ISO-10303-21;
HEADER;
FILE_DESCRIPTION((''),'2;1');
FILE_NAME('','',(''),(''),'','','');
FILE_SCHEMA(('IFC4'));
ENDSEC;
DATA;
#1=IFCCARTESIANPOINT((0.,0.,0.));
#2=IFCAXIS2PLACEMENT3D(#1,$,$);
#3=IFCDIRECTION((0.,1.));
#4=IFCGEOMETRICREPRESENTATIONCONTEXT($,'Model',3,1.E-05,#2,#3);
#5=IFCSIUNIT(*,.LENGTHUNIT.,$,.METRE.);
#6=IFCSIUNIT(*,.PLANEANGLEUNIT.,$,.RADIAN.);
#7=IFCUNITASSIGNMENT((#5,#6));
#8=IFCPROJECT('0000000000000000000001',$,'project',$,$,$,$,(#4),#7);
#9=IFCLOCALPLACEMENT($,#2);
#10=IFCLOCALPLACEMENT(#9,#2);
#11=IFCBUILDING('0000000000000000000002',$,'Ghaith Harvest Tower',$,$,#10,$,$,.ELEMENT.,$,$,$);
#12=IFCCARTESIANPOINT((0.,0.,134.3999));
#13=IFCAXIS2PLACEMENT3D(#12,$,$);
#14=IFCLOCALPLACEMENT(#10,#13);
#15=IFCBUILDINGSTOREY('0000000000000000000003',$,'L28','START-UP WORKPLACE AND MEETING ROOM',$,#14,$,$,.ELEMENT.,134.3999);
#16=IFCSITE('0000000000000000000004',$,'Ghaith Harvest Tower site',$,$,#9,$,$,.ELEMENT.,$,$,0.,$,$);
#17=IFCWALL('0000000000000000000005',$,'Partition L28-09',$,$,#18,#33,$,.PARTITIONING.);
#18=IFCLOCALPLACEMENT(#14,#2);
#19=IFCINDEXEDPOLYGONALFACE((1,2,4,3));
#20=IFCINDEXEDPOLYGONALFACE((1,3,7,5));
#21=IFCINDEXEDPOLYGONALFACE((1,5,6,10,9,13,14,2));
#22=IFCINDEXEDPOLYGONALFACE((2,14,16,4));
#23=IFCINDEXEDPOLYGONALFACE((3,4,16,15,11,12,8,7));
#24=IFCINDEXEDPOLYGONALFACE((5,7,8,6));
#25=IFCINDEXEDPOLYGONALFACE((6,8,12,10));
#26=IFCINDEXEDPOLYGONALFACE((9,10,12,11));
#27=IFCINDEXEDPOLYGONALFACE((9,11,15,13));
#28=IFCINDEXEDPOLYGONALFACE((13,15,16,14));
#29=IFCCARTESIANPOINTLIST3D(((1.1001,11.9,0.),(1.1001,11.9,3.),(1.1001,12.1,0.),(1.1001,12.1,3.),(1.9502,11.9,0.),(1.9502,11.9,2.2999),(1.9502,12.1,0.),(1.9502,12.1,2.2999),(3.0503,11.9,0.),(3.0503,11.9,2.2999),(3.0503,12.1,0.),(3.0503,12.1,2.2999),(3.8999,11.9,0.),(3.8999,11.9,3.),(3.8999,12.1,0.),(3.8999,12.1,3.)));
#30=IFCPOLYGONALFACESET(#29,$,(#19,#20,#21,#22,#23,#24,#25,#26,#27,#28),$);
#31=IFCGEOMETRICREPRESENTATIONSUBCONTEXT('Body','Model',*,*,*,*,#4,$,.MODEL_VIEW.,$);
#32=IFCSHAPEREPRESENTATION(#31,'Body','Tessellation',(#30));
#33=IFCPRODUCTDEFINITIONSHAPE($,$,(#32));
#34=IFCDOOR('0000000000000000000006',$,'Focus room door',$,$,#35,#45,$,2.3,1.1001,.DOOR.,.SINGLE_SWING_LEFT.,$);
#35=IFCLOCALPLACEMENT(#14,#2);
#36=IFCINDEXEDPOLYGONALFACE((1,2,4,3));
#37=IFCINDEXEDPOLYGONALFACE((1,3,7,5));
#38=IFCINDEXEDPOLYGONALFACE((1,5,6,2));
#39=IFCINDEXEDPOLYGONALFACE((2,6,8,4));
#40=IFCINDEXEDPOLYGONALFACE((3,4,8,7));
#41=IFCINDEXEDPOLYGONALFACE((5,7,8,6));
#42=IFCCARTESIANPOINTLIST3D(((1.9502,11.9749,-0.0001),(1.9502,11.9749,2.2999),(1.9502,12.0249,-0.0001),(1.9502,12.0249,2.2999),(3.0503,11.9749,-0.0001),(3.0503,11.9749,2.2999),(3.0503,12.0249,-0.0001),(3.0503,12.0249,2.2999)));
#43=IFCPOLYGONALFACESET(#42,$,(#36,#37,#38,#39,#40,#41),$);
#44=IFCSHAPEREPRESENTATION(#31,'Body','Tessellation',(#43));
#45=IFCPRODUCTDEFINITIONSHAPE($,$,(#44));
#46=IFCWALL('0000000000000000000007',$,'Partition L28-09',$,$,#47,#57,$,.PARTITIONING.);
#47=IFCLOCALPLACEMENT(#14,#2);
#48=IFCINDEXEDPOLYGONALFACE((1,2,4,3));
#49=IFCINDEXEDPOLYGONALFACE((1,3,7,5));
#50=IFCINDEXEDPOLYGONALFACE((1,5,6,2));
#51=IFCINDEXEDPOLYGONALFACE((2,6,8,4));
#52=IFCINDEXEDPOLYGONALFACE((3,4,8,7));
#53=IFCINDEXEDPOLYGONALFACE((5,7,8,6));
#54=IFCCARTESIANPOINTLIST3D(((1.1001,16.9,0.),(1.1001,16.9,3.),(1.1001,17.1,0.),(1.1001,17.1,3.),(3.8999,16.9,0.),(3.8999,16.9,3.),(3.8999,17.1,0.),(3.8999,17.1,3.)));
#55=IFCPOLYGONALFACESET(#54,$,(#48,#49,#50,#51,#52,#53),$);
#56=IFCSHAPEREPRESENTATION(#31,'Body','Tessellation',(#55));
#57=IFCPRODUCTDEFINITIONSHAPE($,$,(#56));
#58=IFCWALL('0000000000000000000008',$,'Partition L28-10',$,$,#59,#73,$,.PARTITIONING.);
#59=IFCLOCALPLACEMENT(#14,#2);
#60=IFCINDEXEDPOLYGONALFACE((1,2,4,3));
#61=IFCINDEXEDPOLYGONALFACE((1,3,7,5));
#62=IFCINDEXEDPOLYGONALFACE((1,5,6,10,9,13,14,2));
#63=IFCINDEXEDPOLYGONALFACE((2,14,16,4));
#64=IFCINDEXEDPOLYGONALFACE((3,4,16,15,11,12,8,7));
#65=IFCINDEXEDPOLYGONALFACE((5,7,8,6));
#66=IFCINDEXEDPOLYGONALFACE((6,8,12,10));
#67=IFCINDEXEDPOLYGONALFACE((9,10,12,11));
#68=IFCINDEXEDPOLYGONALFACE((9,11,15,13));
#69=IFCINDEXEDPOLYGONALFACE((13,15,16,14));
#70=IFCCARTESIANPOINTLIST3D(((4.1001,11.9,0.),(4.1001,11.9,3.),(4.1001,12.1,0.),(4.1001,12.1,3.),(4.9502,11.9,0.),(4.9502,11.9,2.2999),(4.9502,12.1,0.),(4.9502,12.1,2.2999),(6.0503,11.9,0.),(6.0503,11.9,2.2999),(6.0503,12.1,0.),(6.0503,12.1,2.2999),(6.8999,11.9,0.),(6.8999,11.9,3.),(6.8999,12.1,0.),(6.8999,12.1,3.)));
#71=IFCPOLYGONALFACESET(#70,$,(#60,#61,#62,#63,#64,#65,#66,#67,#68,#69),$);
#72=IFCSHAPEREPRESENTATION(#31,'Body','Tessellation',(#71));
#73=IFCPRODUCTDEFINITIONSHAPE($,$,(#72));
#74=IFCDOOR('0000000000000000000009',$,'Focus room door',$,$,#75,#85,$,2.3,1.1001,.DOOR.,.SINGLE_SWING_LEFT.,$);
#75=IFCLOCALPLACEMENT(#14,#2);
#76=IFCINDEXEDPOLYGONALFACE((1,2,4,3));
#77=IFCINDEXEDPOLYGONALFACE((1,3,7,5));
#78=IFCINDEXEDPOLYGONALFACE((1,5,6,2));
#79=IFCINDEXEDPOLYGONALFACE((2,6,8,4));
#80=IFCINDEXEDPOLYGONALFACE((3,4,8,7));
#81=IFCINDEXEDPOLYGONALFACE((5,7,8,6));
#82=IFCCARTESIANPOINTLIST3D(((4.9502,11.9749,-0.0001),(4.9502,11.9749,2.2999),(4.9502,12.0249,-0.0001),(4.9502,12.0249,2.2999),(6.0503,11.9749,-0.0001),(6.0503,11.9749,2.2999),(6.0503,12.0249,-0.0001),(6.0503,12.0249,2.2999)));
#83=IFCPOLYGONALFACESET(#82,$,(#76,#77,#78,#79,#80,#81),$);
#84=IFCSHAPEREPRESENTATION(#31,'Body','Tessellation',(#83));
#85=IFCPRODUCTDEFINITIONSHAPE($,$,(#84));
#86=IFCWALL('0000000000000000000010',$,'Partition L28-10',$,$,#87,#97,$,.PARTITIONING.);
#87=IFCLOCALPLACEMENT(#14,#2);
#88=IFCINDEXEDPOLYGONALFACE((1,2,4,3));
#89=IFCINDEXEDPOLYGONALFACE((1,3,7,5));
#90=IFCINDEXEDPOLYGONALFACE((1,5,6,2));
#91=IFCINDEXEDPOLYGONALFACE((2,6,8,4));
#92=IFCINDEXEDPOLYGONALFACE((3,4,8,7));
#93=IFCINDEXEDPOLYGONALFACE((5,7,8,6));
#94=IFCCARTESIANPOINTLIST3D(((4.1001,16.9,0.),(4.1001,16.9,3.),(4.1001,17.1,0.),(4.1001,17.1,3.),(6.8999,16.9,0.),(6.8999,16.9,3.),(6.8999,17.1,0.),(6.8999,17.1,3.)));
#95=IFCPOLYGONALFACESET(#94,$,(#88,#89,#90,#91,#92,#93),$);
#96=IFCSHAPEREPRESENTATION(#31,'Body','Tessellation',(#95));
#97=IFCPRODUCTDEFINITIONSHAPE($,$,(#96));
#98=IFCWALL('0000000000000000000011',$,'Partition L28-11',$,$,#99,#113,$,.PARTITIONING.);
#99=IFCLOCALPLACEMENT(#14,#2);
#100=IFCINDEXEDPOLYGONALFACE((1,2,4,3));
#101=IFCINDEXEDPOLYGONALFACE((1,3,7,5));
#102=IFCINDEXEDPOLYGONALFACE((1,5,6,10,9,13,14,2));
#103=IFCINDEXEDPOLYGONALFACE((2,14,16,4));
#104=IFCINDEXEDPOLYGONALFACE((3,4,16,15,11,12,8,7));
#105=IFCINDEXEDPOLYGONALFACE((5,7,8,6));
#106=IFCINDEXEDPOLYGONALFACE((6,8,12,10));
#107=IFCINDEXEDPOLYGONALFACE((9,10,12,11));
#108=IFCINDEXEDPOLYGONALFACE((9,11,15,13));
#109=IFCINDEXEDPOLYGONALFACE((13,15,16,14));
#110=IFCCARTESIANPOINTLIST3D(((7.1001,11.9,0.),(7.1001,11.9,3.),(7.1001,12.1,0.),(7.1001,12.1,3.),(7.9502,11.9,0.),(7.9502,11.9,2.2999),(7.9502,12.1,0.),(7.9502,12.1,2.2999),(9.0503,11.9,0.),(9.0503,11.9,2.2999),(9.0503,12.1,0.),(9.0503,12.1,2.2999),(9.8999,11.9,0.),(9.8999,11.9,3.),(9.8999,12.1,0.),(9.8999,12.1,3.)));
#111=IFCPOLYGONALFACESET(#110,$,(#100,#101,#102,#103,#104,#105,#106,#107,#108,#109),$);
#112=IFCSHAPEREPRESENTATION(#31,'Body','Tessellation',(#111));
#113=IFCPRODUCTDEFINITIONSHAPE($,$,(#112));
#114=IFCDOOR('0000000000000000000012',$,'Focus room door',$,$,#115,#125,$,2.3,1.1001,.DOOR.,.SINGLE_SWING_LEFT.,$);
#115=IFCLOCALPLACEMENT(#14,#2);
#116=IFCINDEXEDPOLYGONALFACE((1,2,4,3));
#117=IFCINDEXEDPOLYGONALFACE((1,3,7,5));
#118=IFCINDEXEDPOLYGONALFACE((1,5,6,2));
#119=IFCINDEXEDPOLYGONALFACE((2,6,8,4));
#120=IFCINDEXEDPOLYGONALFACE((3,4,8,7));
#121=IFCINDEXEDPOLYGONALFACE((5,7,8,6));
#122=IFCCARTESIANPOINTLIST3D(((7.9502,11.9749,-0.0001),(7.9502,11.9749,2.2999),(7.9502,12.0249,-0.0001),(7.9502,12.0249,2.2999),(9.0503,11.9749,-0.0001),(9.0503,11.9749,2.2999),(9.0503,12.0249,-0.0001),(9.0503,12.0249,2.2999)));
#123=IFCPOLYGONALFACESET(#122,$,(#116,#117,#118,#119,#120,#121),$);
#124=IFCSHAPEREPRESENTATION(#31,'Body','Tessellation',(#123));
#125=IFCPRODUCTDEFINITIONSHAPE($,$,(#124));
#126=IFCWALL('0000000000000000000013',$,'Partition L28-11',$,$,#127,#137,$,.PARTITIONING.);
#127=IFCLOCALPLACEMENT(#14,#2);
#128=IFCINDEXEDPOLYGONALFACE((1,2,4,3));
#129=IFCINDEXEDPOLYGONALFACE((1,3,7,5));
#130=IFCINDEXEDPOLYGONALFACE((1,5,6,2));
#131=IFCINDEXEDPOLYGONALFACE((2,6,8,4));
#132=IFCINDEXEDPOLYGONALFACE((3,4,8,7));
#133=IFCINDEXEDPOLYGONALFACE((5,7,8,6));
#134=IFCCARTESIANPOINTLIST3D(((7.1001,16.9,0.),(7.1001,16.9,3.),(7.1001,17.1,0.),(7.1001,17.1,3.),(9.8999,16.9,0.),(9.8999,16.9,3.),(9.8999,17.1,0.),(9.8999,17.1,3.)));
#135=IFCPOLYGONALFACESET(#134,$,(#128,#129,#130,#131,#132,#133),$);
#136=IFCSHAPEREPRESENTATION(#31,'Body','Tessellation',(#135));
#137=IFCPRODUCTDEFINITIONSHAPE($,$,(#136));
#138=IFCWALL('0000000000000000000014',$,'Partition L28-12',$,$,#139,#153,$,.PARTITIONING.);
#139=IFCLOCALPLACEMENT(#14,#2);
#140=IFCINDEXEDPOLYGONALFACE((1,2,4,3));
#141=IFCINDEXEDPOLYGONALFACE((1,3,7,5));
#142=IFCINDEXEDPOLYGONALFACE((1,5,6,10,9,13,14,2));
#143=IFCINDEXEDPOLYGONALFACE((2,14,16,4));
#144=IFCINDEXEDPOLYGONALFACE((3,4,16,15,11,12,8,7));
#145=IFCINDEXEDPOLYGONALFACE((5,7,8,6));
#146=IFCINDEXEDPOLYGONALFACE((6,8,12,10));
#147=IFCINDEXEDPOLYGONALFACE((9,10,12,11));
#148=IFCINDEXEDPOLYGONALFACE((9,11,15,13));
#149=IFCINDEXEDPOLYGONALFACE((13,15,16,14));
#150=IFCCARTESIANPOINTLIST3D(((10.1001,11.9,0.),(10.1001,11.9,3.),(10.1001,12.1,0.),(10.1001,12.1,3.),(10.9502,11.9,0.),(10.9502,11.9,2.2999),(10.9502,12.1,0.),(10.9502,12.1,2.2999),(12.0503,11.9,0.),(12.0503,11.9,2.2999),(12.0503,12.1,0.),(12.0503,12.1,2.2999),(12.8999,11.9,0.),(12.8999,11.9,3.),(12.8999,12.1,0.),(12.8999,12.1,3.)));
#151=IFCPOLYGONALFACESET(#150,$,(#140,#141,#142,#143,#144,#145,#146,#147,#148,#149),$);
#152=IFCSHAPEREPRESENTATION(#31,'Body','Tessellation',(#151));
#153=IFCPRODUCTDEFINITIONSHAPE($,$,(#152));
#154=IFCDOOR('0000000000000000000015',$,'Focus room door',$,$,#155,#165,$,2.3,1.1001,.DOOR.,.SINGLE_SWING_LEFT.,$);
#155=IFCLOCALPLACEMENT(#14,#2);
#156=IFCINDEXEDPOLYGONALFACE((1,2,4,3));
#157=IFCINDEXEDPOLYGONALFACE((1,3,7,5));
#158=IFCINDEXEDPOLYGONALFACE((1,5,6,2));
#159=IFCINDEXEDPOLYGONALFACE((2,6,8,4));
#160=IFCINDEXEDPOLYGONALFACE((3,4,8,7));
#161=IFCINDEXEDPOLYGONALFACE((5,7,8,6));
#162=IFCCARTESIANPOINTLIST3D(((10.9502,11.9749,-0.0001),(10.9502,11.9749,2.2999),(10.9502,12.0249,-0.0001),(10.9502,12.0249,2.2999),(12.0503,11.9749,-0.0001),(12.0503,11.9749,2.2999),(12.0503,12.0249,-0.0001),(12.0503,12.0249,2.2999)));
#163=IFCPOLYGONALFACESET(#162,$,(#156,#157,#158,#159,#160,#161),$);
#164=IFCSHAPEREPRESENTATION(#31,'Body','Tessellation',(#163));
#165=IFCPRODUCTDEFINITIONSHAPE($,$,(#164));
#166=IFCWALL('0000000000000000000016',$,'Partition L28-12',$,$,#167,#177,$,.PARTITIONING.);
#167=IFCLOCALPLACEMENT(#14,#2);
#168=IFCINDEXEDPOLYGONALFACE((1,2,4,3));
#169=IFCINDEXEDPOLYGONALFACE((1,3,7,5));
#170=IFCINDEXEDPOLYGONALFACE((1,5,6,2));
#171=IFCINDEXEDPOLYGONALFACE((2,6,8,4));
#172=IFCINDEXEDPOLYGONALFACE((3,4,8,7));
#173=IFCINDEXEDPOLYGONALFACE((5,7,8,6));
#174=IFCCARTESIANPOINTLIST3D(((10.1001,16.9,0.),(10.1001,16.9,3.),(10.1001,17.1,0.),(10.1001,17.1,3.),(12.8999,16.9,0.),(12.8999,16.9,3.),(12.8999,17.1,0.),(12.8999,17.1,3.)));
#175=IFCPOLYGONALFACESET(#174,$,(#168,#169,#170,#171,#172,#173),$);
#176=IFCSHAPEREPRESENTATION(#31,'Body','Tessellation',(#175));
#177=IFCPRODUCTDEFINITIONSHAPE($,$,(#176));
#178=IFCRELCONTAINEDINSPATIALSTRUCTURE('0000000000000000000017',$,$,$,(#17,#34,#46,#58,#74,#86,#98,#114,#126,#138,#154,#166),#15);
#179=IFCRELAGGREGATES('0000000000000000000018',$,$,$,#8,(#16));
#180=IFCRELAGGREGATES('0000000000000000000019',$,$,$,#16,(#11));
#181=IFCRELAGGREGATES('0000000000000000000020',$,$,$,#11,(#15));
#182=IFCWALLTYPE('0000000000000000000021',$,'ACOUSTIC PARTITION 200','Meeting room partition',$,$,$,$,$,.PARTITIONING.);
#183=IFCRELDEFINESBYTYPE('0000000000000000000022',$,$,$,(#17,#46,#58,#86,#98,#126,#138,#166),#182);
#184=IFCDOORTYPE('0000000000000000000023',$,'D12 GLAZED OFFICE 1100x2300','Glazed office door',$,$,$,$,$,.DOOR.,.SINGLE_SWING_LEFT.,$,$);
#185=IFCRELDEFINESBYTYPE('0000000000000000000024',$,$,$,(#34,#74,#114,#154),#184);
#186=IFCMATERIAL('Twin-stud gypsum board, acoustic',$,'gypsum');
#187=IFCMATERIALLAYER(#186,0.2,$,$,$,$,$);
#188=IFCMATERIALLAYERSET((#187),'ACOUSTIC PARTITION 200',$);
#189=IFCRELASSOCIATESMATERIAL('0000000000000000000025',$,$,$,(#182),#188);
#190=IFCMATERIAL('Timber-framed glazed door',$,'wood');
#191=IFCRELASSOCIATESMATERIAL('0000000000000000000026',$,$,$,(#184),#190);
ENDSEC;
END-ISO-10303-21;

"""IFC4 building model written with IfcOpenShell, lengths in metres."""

from ifc_helpers import new_model, si_unit, direction, frame, frame_2d, origin, place, context, subcontext, project, spatial, rectangle, extrude, material, layer, layer_set, type_object, element, fill, save


model = new_model("IFC4")

# Units and contexts
model_context = context("Model", 3, precision=1e-05, world=origin(), true_north=direction((0.0, 1.0)))
body_context = subcontext(model_context, "Body", "Model", "MODEL_VIEW")
ifc_project = project(units=[si_unit("LENGTHUNIT", "METRE"), si_unit("PLANEANGLEUNIT", "RADIAN")], contexts=[model_context])

# Site, building, storey
site_placement = place(None, origin())
site = spatial("IfcSite", under=ifc_project, at=site_placement, Name="Ghaith Harvest Tower site", CompositionType="ELEMENT", RefElevation=0.0)
building_placement = place(site_placement, origin())
building = spatial("IfcBuilding", under=site, at=building_placement, Name="Ghaith Harvest Tower", CompositionType="ELEMENT")
storey_placement = place(building_placement, frame((0.0, 0.0, 134.3999)))
storey = spatial("IfcBuildingStorey", under=building, at=storey_placement, Name="L28", Description="START-UP WORKPLACE AND MEETING ROOM", CompositionType="ELEMENT", Elevation=134.3999)

# Shared definitions
ifc_material_1 = material(Name="Twin-stud gypsum board, acoustic", Category="gypsum")
ifc_layer_1 = layer(ifc_material_1, 0.2)
ifc_layer_set_1 = layer_set([ifc_layer_1], Name="ACOUSTIC PARTITION 200")
wall_type = type_object("IfcWallType", Name="ACOUSTIC PARTITION 200", Description="Meeting room partition", PredefinedType="PARTITIONING", material=ifc_layer_set_1)

# Wall, opening, door
wall_1_placement = place(storey_placement, frame((1.1001, 12.0, 0.0), z_axis=(0.0, 0.0, 1.0), x_axis=(1.0, 0.0, 0.0)))
wall_1 = element("IfcWall", 1, at=wall_1_placement, inside=storey, type_object=wall_type, Name="Partition L28-09", PredefinedType="PARTITIONING", context=body_context, shape_type="SweptSolid", body=[
    extrude(rectangle(XDim=2.7998, YDim=0.2, at=frame_2d((1.3999, 0.0))), origin(), (0.0, 0.0, 1.0), 3.0),
])
opening_1_placement = place(wall_1_placement, frame((0.8501, 0.0, 0.0)))
opening_1 = element("IfcOpeningElement", 2, at=opening_1_placement, cuts=wall_1, PredefinedType="OPENING", context=body_context, shape_type="SweptSolid", body=[
    extrude(rectangle(XDim=1.1001, YDim=2.3, at=frame_2d((0.55, 1.1499))), frame((0.0, 0.1099, 0.0), z_axis=(0.0, -1.0, 0.0), x_axis=(1.0, 0.0, 0.0)), (0.0, 0.0, 1.0), 0.22),
])
ifc_material_2 = material(Name="Timber-framed glazed door", Category="wood")
door_type = type_object("IfcDoorType", Name="D12 GLAZED OFFICE 1100x2300", Description="Glazed office door", OperationType="SINGLE_SWING_LEFT", PredefinedType="DOOR", material=ifc_material_2)
door_1_placement = place(opening_1_placement, origin())
door_1 = element("IfcDoor", 3, at=door_1_placement, inside=storey, type_object=door_type, Name="Focus room door", OperationType="SINGLE_SWING_LEFT", OverallHeight=2.3, OverallWidth=1.1001, PredefinedType="DOOR", context=body_context, shape_type="SweptSolid", body=[
    extrude(rectangle(XDim=1.1001, YDim=2.3, at=frame_2d((0.55, 1.1499))), frame((0.0, 0.0249, 0.0), z_axis=(0.0, -1.0, 0.0), x_axis=(1.0, 0.0, 0.0)), (0.0, 0.0, 1.0), 0.05),
])
fill(opening_1, door_1)

# Wall
wall_2_placement = place(storey_placement, frame((1.1001, 17.0, 0.0), z_axis=(0.0, 0.0, 1.0), x_axis=(1.0, 0.0, 0.0)))
element("IfcWall", 4, at=wall_2_placement, inside=storey, type_object=wall_type, Name="Partition L28-09", PredefinedType="PARTITIONING", context=body_context, shape_type="SweptSolid", body=[
    extrude(rectangle(XDim=2.7998, YDim=0.2, at=frame_2d((1.3999, 0.0))), origin(), (0.0, 0.0, 1.0), 3.0),
])

# Wall, opening, door
wall_3_placement = place(storey_placement, frame((4.1001, 12.0, 0.0), z_axis=(0.0, 0.0, 1.0), x_axis=(1.0, 0.0, 0.0)))
wall_3 = element("IfcWall", 5, at=wall_3_placement, inside=storey, type_object=wall_type, Name="Partition L28-10", PredefinedType="PARTITIONING", context=body_context, shape_type="SweptSolid", body=[
    extrude(rectangle(XDim=2.7998, YDim=0.2, at=frame_2d((1.3999, 0.0))), origin(), (0.0, 0.0, 1.0), 3.0),
])
opening_2_placement = place(wall_3_placement, frame((0.8501, 0.0, 0.0)))
opening_2 = element("IfcOpeningElement", 6, at=opening_2_placement, cuts=wall_3, PredefinedType="OPENING", context=body_context, shape_type="SweptSolid", body=[
    extrude(rectangle(XDim=1.1001, YDim=2.3, at=frame_2d((0.55, 1.1499))), frame((0.0, 0.1099, 0.0), z_axis=(0.0, -1.0, 0.0), x_axis=(1.0, 0.0, 0.0)), (0.0, 0.0, 1.0), 0.22),
])
door_2_placement = place(opening_2_placement, origin())
door_2 = element("IfcDoor", 7, at=door_2_placement, inside=storey, type_object=door_type, Name="Focus room door", OperationType="SINGLE_SWING_LEFT", OverallHeight=2.3, OverallWidth=1.1001, PredefinedType="DOOR", context=body_context, shape_type="SweptSolid", body=[
    extrude(rectangle(XDim=1.1001, YDim=2.3, at=frame_2d((0.55, 1.1499))), frame((0.0, 0.0249, 0.0), z_axis=(0.0, -1.0, 0.0), x_axis=(1.0, 0.0, 0.0)), (0.0, 0.0, 1.0), 0.05),
])
fill(opening_2, door_2)

# Wall
wall_4_placement = place(storey_placement, frame((4.1001, 17.0, 0.0), z_axis=(0.0, 0.0, 1.0), x_axis=(1.0, 0.0, 0.0)))
element("IfcWall", 8, at=wall_4_placement, inside=storey, type_object=wall_type, Name="Partition L28-10", PredefinedType="PARTITIONING", context=body_context, shape_type="SweptSolid", body=[
    extrude(rectangle(XDim=2.7998, YDim=0.2, at=frame_2d((1.3999, 0.0))), origin(), (0.0, 0.0, 1.0), 3.0),
])

# Wall, opening, door
wall_5_placement = place(storey_placement, frame((7.1001, 12.0, 0.0), z_axis=(0.0, 0.0, 1.0), x_axis=(1.0, 0.0, 0.0)))
wall_5 = element("IfcWall", 9, at=wall_5_placement, inside=storey, type_object=wall_type, Name="Partition L28-11", PredefinedType="PARTITIONING", context=body_context, shape_type="SweptSolid", body=[
    extrude(rectangle(XDim=2.7998, YDim=0.2, at=frame_2d((1.3999, 0.0))), origin(), (0.0, 0.0, 1.0), 3.0),
])
opening_3_placement = place(wall_5_placement, frame((0.8501, 0.0, 0.0)))
opening_3 = element("IfcOpeningElement", 10, at=opening_3_placement, cuts=wall_5, PredefinedType="OPENING", context=body_context, shape_type="SweptSolid", body=[
    extrude(rectangle(XDim=1.1001, YDim=2.3, at=frame_2d((0.55, 1.1499))), frame((0.0, 0.1099, 0.0), z_axis=(0.0, -1.0, 0.0), x_axis=(1.0, 0.0, 0.0)), (0.0, 0.0, 1.0), 0.22),
])
door_3_placement = place(opening_3_placement, origin())
door_3 = element("IfcDoor", 11, at=door_3_placement, inside=storey, type_object=door_type, Name="Focus room door", OperationType="SINGLE_SWING_LEFT", OverallHeight=2.3, OverallWidth=1.1001, PredefinedType="DOOR", context=body_context, shape_type="SweptSolid", body=[
    extrude(rectangle(XDim=1.1001, YDim=2.3, at=frame_2d((0.55, 1.1499))), frame((0.0, 0.0249, 0.0), z_axis=(0.0, -1.0, 0.0), x_axis=(1.0, 0.0, 0.0)), (0.0, 0.0, 1.0), 0.05),
])
fill(opening_3, door_3)

# Wall
wall_6_placement = place(storey_placement, frame((7.1001, 17.0, 0.0), z_axis=(0.0, 0.0, 1.0), x_axis=(1.0, 0.0, 0.0)))
element("IfcWall", 12, at=wall_6_placement, inside=storey, type_object=wall_type, Name="Partition L28-11", PredefinedType="PARTITIONING", context=body_context, shape_type="SweptSolid", body=[
    extrude(rectangle(XDim=2.7998, YDim=0.2, at=frame_2d((1.3999, 0.0))), origin(), (0.0, 0.0, 1.0), 3.0),
])

# Wall, opening, door
wall_7_placement = place(storey_placement, frame((10.1001, 12.0, 0.0), z_axis=(0.0, 0.0, 1.0), x_axis=(1.0, 0.0, 0.0)))
wall_7 = element("IfcWall", 13, at=wall_7_placement, inside=storey, type_object=wall_type, Name="Partition L28-12", PredefinedType="PARTITIONING", context=body_context, shape_type="SweptSolid", body=[
    extrude(rectangle(XDim=2.7998, YDim=0.2, at=frame_2d((1.3999, 0.0))), origin(), (0.0, 0.0, 1.0), 3.0),
])
opening_4_placement = place(wall_7_placement, frame((0.8501, 0.0, 0.0)))
opening_4 = element("IfcOpeningElement", 14, at=opening_4_placement, cuts=wall_7, PredefinedType="OPENING", context=body_context, shape_type="SweptSolid", body=[
    extrude(rectangle(XDim=1.1001, YDim=2.3, at=frame_2d((0.55, 1.1499))), frame((0.0, 0.1099, 0.0), z_axis=(0.0, -1.0, 0.0), x_axis=(1.0, 0.0, 0.0)), (0.0, 0.0, 1.0), 0.22),
])
door_4_placement = place(opening_4_placement, origin())
door_4 = element("IfcDoor", 15, at=door_4_placement, inside=storey, type_object=door_type, Name="Focus room door", OperationType="SINGLE_SWING_LEFT", OverallHeight=2.3, OverallWidth=1.1001, PredefinedType="DOOR", context=body_context, shape_type="SweptSolid", body=[
    extrude(rectangle(XDim=1.1001, YDim=2.3, at=frame_2d((0.55, 1.1499))), frame((0.0, 0.0249, 0.0), z_axis=(0.0, -1.0, 0.0), x_axis=(1.0, 0.0, 0.0)), (0.0, 0.0, 1.0), 0.05),
])
fill(opening_4, door_4)

# Wall
wall_8_placement = place(storey_placement, frame((10.1001, 17.0, 0.0), z_axis=(0.0, 0.0, 1.0), x_axis=(1.0, 0.0, 0.0)))
element("IfcWall", 16, at=wall_8_placement, inside=storey, type_object=wall_type, Name="Partition L28-12", PredefinedType="PARTITIONING", context=body_context, shape_type="SweptSolid", body=[
    extrude(rectangle(XDim=2.7998, YDim=0.2, at=frame_2d((1.3999, 0.0))), origin(), (0.0, 0.0, 1.0), 3.0),
])

save(model, "model.ifc")
